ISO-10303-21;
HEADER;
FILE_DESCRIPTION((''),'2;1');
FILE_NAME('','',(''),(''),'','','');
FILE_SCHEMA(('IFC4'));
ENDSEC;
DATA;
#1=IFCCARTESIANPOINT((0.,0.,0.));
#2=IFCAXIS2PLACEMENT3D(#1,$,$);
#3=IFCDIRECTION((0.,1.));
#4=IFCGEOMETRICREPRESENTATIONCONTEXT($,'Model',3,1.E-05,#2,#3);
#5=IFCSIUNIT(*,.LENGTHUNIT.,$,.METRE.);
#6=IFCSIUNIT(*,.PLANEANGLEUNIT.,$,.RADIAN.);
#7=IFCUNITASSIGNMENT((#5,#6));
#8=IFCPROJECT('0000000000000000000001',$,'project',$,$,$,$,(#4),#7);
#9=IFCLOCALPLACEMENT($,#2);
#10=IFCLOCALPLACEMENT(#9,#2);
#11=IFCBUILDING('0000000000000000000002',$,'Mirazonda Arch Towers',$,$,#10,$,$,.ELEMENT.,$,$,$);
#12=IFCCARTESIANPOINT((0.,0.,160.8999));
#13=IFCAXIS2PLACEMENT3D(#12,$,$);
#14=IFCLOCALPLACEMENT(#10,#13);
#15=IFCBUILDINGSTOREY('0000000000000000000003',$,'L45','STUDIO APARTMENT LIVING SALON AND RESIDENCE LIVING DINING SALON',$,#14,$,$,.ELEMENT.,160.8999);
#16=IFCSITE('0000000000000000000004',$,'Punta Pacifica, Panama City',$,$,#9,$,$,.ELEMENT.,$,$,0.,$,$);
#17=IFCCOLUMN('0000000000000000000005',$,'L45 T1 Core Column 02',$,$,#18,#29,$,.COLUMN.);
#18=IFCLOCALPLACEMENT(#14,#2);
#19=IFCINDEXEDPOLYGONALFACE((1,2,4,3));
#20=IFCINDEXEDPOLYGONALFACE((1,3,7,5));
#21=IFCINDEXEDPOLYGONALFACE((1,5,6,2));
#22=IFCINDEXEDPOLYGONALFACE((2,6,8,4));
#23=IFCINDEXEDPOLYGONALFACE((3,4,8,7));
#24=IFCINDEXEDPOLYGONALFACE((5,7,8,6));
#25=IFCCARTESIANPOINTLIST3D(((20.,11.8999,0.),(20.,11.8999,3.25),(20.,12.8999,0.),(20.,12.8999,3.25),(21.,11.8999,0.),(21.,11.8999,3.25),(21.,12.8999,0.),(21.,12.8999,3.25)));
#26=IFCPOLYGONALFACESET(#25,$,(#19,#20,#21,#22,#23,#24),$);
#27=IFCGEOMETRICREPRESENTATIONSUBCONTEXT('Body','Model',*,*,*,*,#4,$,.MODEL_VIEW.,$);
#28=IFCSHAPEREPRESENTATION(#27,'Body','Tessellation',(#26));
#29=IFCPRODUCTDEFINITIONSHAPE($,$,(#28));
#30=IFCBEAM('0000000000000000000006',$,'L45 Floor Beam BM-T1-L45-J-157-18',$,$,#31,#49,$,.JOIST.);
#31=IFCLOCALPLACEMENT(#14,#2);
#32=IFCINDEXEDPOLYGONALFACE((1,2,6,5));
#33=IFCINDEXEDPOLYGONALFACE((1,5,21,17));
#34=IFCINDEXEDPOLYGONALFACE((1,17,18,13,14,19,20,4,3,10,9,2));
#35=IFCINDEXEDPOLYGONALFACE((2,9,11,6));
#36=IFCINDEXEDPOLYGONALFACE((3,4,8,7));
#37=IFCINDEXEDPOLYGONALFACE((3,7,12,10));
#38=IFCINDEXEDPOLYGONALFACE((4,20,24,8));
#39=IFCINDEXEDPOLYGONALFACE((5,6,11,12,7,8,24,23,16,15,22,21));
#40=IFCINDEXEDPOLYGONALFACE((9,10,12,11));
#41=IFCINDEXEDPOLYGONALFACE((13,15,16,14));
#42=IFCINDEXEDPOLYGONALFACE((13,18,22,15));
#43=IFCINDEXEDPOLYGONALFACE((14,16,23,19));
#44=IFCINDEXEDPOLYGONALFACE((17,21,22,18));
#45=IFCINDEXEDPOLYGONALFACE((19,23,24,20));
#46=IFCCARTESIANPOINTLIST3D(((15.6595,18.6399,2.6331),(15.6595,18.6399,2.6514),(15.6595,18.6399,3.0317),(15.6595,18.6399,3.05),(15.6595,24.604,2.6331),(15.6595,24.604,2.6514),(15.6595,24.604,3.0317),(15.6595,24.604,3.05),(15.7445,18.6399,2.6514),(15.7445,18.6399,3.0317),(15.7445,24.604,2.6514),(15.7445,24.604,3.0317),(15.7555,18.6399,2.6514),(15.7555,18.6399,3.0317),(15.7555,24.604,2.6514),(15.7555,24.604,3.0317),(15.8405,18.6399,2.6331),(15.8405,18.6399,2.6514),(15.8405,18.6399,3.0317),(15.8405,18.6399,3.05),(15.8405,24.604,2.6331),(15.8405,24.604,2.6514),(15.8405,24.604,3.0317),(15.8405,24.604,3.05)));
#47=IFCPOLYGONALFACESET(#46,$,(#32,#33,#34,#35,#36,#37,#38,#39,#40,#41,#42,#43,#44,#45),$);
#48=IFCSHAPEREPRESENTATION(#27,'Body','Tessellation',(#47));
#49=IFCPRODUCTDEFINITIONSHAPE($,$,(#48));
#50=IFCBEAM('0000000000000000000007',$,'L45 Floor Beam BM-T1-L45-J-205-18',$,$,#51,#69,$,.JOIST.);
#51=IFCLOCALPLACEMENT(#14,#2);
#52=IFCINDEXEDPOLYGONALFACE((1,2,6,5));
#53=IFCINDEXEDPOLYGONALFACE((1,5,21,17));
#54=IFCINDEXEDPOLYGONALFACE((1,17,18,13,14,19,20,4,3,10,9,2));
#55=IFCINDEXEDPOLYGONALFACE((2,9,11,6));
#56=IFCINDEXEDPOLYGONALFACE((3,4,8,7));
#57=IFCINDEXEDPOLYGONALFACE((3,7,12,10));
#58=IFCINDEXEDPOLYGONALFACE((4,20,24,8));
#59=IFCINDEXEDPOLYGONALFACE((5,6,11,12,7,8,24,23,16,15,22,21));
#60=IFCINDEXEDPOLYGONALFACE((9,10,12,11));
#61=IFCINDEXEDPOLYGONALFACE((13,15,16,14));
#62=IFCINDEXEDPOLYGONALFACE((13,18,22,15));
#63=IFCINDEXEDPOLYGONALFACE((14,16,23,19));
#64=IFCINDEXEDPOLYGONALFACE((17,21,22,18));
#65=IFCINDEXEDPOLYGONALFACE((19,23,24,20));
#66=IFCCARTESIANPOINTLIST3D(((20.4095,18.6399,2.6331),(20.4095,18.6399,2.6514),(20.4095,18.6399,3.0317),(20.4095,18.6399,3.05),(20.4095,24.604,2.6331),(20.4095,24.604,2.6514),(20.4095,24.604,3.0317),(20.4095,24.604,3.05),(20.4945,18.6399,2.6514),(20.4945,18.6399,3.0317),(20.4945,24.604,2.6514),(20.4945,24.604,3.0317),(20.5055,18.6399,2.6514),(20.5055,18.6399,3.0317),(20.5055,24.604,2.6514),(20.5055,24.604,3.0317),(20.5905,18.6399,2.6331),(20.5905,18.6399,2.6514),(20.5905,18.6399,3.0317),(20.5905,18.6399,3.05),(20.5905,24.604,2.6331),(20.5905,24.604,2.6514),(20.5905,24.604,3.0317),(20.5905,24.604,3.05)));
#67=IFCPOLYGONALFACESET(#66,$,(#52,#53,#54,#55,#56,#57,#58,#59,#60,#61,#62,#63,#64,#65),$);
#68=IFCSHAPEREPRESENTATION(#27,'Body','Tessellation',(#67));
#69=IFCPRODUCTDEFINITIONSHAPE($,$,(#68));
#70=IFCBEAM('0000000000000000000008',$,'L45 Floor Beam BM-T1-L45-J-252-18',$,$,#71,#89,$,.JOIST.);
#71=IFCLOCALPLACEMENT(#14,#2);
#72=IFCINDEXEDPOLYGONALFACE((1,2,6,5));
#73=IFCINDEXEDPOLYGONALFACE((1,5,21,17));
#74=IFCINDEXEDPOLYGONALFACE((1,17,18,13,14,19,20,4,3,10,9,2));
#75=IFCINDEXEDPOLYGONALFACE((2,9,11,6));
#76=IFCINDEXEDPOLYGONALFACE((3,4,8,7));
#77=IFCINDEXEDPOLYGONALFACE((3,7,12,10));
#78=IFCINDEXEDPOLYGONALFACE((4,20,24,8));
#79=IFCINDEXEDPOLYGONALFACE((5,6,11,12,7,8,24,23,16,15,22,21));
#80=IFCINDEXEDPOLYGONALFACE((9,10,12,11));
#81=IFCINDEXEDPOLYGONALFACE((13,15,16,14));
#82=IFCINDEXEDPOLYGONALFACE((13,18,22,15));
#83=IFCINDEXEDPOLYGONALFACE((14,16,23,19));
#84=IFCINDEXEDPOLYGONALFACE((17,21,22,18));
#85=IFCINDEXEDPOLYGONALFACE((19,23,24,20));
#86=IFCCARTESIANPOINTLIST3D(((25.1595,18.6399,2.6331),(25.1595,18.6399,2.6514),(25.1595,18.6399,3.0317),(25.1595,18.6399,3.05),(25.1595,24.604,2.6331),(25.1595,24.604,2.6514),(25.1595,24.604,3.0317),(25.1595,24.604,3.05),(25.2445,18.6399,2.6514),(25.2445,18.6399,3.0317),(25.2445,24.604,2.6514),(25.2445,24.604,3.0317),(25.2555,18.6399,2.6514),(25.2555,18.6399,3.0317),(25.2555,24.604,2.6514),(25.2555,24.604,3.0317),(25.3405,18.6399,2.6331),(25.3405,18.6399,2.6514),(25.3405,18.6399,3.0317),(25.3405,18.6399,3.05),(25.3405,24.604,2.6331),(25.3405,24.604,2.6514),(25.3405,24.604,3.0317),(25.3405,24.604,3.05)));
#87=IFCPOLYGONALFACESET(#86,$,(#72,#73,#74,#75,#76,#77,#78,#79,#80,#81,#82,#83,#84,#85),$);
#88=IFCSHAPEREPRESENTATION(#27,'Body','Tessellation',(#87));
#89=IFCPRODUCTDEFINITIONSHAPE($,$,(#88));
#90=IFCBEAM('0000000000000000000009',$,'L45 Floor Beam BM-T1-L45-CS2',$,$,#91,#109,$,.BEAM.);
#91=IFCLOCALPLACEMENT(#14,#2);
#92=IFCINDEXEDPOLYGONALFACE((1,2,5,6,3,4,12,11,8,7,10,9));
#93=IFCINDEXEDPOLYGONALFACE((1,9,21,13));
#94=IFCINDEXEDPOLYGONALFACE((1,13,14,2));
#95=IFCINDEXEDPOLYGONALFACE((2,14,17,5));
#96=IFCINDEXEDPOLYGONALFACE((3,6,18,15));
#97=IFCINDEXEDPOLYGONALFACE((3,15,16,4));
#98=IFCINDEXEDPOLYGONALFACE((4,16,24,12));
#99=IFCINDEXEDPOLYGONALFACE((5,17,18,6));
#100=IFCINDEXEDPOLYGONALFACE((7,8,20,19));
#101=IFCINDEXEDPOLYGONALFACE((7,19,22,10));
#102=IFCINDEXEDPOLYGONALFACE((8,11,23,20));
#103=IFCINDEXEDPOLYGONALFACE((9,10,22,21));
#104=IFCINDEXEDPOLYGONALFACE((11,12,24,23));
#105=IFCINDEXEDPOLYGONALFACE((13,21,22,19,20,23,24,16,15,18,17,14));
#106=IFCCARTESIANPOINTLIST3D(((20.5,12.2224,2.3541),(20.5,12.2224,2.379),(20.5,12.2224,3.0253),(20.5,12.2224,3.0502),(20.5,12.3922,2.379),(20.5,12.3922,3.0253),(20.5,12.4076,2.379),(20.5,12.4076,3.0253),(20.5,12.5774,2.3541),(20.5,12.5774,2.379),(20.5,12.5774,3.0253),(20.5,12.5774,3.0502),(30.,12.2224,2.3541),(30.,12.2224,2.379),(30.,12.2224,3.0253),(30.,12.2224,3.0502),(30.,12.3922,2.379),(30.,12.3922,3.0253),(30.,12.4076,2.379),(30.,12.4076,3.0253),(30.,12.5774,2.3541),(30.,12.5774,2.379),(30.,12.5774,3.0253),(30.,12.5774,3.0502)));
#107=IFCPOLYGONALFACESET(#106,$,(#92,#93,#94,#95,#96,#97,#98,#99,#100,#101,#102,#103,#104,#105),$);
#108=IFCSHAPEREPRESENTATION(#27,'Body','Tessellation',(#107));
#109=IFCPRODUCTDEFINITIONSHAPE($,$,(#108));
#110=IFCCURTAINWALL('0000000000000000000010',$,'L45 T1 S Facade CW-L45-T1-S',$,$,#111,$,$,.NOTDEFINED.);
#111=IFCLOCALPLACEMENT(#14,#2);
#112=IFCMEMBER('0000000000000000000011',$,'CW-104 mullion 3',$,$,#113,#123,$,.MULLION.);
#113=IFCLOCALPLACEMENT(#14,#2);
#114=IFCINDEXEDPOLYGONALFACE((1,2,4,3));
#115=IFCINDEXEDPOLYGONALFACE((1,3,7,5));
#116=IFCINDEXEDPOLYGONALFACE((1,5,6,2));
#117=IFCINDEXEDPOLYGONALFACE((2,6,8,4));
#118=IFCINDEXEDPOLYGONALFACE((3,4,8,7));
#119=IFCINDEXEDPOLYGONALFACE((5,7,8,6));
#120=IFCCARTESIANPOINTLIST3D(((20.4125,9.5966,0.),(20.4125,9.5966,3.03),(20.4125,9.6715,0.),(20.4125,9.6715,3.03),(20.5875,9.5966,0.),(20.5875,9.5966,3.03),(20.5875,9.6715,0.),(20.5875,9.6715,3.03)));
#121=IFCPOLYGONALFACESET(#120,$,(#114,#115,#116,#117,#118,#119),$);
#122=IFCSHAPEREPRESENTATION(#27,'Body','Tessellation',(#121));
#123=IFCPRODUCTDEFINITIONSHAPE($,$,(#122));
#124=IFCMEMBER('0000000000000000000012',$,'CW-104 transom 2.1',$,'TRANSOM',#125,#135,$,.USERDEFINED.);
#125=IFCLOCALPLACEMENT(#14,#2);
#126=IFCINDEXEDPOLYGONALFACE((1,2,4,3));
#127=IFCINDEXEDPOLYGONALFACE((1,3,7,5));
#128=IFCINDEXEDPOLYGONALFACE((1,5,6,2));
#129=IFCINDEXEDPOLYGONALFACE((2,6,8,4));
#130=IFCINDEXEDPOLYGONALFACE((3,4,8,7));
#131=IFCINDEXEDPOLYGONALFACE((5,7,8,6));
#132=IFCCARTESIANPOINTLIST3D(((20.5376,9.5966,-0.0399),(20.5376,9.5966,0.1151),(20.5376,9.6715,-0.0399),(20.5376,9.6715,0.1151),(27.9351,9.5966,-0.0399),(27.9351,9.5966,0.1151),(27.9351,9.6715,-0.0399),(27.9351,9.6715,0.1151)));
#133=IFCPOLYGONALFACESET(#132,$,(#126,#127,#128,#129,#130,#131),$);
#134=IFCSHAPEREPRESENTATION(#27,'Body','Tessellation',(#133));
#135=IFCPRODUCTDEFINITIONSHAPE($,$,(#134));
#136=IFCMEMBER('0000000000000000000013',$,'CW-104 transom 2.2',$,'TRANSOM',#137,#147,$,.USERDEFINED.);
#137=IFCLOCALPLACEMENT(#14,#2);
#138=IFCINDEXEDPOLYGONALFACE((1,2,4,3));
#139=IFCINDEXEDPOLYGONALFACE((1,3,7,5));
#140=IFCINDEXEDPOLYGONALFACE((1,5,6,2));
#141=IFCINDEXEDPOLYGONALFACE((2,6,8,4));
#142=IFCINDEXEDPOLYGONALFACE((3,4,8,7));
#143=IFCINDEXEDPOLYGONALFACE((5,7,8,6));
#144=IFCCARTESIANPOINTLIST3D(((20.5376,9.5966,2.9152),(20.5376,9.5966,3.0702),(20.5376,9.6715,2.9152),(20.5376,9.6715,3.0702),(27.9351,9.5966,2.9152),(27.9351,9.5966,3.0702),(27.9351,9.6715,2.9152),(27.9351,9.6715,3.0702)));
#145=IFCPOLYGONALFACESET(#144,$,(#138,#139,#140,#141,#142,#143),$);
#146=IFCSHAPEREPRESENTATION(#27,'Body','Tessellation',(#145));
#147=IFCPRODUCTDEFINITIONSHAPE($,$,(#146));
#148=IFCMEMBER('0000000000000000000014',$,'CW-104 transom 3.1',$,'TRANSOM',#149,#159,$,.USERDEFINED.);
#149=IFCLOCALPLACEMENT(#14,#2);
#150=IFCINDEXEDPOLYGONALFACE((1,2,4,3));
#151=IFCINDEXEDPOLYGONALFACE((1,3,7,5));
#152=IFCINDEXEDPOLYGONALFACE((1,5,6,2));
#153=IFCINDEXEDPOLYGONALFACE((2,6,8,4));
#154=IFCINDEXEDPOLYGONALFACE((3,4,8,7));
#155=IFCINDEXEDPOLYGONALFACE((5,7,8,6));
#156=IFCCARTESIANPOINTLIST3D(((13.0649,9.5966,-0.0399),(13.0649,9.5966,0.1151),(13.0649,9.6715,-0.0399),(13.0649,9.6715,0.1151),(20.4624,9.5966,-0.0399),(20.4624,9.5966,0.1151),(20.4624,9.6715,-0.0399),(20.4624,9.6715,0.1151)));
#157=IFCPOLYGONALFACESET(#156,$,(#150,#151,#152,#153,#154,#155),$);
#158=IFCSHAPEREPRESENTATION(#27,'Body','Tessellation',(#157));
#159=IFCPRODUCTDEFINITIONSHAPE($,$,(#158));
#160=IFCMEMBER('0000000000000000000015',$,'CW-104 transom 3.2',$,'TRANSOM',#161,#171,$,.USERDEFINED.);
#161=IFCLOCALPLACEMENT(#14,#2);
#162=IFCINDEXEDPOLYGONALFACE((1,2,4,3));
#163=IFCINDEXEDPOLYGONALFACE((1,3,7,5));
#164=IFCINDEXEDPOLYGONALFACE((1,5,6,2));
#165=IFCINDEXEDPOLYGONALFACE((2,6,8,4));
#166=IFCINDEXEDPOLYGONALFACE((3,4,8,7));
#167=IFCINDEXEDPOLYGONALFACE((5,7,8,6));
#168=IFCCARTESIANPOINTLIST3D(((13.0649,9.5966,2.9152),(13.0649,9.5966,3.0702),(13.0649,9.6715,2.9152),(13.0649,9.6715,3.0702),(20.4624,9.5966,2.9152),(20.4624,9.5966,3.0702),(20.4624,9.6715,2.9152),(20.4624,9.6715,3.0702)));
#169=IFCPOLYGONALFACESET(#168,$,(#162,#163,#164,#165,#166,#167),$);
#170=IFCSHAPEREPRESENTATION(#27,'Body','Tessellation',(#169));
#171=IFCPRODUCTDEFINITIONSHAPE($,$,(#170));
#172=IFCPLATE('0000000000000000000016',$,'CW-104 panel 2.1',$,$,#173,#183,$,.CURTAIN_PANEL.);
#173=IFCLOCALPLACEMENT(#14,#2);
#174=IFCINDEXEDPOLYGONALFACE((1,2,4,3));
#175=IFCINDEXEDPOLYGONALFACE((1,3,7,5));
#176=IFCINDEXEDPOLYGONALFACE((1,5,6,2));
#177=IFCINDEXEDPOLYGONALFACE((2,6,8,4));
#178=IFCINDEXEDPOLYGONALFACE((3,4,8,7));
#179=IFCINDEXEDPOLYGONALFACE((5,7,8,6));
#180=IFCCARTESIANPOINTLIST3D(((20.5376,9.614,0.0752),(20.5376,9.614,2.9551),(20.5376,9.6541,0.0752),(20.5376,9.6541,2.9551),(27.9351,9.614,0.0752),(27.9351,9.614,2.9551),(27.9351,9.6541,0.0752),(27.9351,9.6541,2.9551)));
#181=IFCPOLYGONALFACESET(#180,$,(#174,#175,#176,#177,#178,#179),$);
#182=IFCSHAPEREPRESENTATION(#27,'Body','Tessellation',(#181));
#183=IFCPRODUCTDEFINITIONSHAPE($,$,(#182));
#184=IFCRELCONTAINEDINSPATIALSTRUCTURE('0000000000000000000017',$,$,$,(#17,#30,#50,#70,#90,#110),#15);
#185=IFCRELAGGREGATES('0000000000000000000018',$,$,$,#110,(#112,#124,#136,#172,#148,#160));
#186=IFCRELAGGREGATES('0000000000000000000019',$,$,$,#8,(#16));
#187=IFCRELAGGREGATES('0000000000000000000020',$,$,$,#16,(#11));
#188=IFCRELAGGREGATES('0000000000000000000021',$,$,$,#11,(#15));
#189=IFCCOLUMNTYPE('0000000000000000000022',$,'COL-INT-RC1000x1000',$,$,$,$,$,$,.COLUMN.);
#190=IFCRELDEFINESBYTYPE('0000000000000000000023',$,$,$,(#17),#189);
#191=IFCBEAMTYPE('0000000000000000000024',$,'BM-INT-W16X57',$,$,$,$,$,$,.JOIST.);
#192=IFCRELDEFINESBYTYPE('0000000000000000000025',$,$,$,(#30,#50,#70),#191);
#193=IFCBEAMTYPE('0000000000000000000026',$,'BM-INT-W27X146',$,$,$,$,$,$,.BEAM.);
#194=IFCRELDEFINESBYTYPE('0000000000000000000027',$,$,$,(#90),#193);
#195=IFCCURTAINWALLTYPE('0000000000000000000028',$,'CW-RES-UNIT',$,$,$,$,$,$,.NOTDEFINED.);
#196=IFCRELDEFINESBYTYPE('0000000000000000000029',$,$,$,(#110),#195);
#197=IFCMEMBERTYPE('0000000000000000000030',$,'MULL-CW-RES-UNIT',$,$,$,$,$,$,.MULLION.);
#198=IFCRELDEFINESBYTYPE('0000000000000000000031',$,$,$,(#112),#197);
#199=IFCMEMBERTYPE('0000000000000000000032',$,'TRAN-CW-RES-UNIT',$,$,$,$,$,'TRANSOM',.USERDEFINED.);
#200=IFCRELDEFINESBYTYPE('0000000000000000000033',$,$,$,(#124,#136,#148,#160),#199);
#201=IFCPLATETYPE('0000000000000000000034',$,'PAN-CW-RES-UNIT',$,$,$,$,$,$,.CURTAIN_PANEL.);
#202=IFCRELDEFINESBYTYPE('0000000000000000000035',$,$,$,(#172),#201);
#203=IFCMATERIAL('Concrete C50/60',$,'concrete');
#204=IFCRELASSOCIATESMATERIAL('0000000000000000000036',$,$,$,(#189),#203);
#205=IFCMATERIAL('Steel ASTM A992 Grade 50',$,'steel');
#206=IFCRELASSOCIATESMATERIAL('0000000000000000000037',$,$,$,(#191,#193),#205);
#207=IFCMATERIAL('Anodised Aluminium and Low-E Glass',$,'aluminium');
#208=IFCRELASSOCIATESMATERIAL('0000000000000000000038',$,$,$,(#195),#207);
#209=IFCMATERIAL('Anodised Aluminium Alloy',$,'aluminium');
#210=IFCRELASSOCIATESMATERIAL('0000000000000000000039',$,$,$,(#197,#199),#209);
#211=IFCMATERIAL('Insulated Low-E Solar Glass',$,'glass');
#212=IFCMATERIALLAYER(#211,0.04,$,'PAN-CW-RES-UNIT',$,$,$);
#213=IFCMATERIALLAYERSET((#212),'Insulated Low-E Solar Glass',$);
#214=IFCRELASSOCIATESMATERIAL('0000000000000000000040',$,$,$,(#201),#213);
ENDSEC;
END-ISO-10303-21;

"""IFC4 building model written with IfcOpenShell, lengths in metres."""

from ifc_helpers import new_model, si_unit, direction, frame, origin, origin_2d, place, context, subcontext, project, spatial, rectangle, i_section, extrude, material, layer, layer_set, material_profile, profile_set, type_object, element, aggregate, save


model = new_model("IFC4")

# Units and contexts
model_context = context("Model", 3, precision=1e-05, world=origin(), true_north=direction((0.0, 1.0)))
body_context = subcontext(model_context, "Body", "Model", "MODEL_VIEW")
ifc_project = project(units=[si_unit("LENGTHUNIT", "METRE"), si_unit("PLANEANGLEUNIT", "RADIAN")], contexts=[model_context])

# Site, building, storey
site_placement = place(None, origin())
site = spatial("IfcSite", under=ifc_project, at=site_placement, Name="Punta Pacifica, Panama City", CompositionType="ELEMENT", RefElevation=0.0)
building_placement = place(site_placement, origin())
building = spatial("IfcBuilding", under=site, at=building_placement, Name="Mirazonda Arch Towers", CompositionType="ELEMENT")
storey_placement = place(building_placement, frame((0.0, 0.0, 160.8999)))
storey = spatial("IfcBuildingStorey", under=building, at=storey_placement, Name="L45", Description="STUDIO APARTMENT LIVING SALON AND RESIDENCE LIVING DINING SALON", CompositionType="ELEMENT", Elevation=160.8999)

# Column
ifc_material_1 = material(Name="Concrete C50/60", Category="concrete")
ifc_material_profile_1 = material_profile(ifc_material_1, rectangle(XDim=1.0, YDim=1.0, at=origin_2d()), Name="RC1000x1000")
ifc_profile_set_1 = profile_set([ifc_material_profile_1], Name="Concrete C50/60")
column_type = type_object("IfcColumnType", Name="COL-INT-RC1000x1000", PredefinedType="COLUMN", material=ifc_profile_set_1)
column_placement = place(storey_placement, frame((20.5, 12.3999, 0.0), z_axis=(0.0, 0.0, 1.0), x_axis=(1.0, 0.0, 0.0)))
element("IfcColumn", 1, at=column_placement, inside=storey, type_object=column_type, Name="L45 T1 Core Column 02", PredefinedType="COLUMN", context=body_context, shape_type="SweptSolid", body=[
    extrude(rectangle(XDim=1.0, YDim=1.0, at=origin_2d()), origin(), (0.0, 0.0, 1.0), 3.25),
])

# Beams
ifc_material_2 = material(Name="Steel ASTM A992 Grade 50", Category="steel")
ifc_material_profile_2 = material_profile(ifc_material_2, i_section(OverallWidth=0.1809, OverallDepth=0.417, WebThickness=0.011, FlangeThickness=0.0183, at=origin_2d()), Name="W16X57")
ifc_profile_set_2 = profile_set([ifc_material_profile_2], Name="Steel ASTM A992 Grade 50")
beam_type_1 = type_object("IfcBeamType", Name="BM-INT-W16X57", PredefinedType="JOIST", material=ifc_profile_set_2)
for number, where, z_axis, x_axis, name in (
    (2, (15.75, 18.6399, 2.8416), (0.0, 1.0, 0.0), (-1.0, 0.0, 0.0), "L45 Floor Beam BM-T1-L45-J-157-18"),
    (3, (20.5, 18.6399, 2.8416), (0.0, 1.0, 0.0), (-1.0, 0.0, 0.0), "L45 Floor Beam BM-T1-L45-J-205-18"),
    (4, (25.25, 18.6399, 2.8416), (0.0, 1.0, 0.0), (-1.0, 0.0, 0.0), "L45 Floor Beam BM-T1-L45-J-252-18"),
):
    element("IfcBeam", number, at=place(storey_placement, frame(where, z_axis=z_axis, x_axis=x_axis)), inside=storey, type_object=beam_type_1, Name=name, PredefinedType="JOIST", context=body_context, shape_type="SweptSolid", body=[
        extrude(i_section(OverallWidth=0.1809, OverallDepth=0.417, WebThickness=0.011, FlangeThickness=0.0183, at=origin_2d()), origin(), (0.0, 0.0, 1.0), 5.9641),
    ])
ifc_material_profile_3 = material_profile(ifc_material_2, i_section(OverallWidth=0.355, OverallDepth=0.696, WebThickness=0.0154, FlangeThickness=0.0249, at=origin_2d()), Name="W27X146")
ifc_profile_set_3 = profile_set([ifc_material_profile_3], Name="Steel ASTM A992 Grade 50")
beam_type_2 = type_object("IfcBeamType", Name="BM-INT-W27X146", PredefinedType="BEAM", material=ifc_profile_set_3)
beam_placement = place(storey_placement, frame((20.5, 12.3999, 2.7021), z_axis=(1.0, 0.0, 0.0), x_axis=(0.0, 1.0, 0.0)))
element("IfcBeam", 5, at=beam_placement, inside=storey, type_object=beam_type_2, Name="L45 Floor Beam BM-T1-L45-CS2", PredefinedType="BEAM", context=body_context, shape_type="SweptSolid", body=[
    extrude(i_section(OverallWidth=0.355, OverallDepth=0.696, WebThickness=0.0154, FlangeThickness=0.0249, at=origin_2d()), origin(), (0.0, 0.0, 1.0), 9.5),
])

# Curtain wall, members, plate
ifc_material_3 = material(Name="Anodised Aluminium and Low-E Glass", Category="aluminium")
curtain_wall_type = type_object("IfcCurtainWallType", Name="CW-RES-UNIT", PredefinedType="NOTDEFINED", material=ifc_material_3)
curtain_wall_placement = place(storey_placement, origin())
curtain_wall = element("IfcCurtainWall", 6, at=curtain_wall_placement, inside=storey, type_object=curtain_wall_type, Name="L45 T1 S Facade CW-L45-T1-S", PredefinedType="NOTDEFINED")
ifc_material_4 = material(Name="Anodised Aluminium Alloy", Category="aluminium")
ifc_material_profile_4 = material_profile(ifc_material_4, rectangle(XDim=0.075, YDim=0.175, at=origin_2d()), Name="ALU-MULL-75x175")
ifc_profile_set_4 = profile_set([ifc_material_profile_4], Name="Anodised Aluminium Alloy")
member_type_1 = type_object("IfcMemberType", Name="MULL-CW-RES-UNIT", PredefinedType="MULLION", material=ifc_profile_set_4)
member_1_placement = place(storey_placement, frame((20.5, 9.634, 0.0), z_axis=(0.0, 0.0, 1.0), x_axis=(0.0, -1.0, 0.0)))
member_1 = element("IfcMember", 7, at=member_1_placement, type_object=member_type_1, Name="CW-104 mullion 3", PredefinedType="MULLION", context=body_context, shape_type="SweptSolid", body=[
    extrude(rectangle(XDim=0.075, YDim=0.175, at=origin_2d()), origin(), (0.0, 0.0, 1.0), 3.03),
])
ifc_material_profile_5 = material_profile(ifc_material_4, rectangle(XDim=0.075, YDim=0.155, at=origin_2d()), Name="ALU-TRAN-75x155")
ifc_profile_set_5 = profile_set([ifc_material_profile_5], Name="Anodised Aluminium Alloy")
member_type_2 = type_object("IfcMemberType", Name="TRAN-CW-RES-UNIT", ElementType="TRANSOM", PredefinedType="USERDEFINED", material=ifc_profile_set_5)
member_2_placement = place(storey_placement, frame((27.9351, 9.634, 0.0376), z_axis=(-1.0, 0.0, 0.0), x_axis=(0.0, -1.0, 0.0)))
member_2 = element("IfcMember", 8, at=member_2_placement, type_object=member_type_2, Name="CW-104 transom 2.1", ObjectType="TRANSOM", PredefinedType="USERDEFINED", context=body_context, shape_type="SweptSolid", body=[
    extrude(rectangle(XDim=0.075, YDim=0.155, at=origin_2d()), origin(), (0.0, 0.0, 1.0), 7.3975),
])
member_3_placement = place(storey_placement, frame((27.9351, 9.634, 2.9927), z_axis=(-1.0, 0.0, 0.0), x_axis=(0.0, -1.0, 0.0)))
member_3 = element("IfcMember", 9, at=member_3_placement, type_object=member_type_2, Name="CW-104 transom 2.2", ObjectType="TRANSOM", PredefinedType="USERDEFINED", context=body_context, shape_type="SweptSolid", body=[
    extrude(rectangle(XDim=0.075, YDim=0.155, at=origin_2d()), origin(), (0.0, 0.0, 1.0), 7.3975),
])
member_4_placement = place(storey_placement, frame((20.4624, 9.634, 0.0376), z_axis=(-1.0, 0.0, 0.0), x_axis=(0.0, -1.0, 0.0)))
member_4 = element("IfcMember", 10, at=member_4_placement, type_object=member_type_2, Name="CW-104 transom 3.1", ObjectType="TRANSOM", PredefinedType="USERDEFINED", context=body_context, shape_type="SweptSolid", body=[
    extrude(rectangle(XDim=0.075, YDim=0.155, at=origin_2d()), origin(), (0.0, 0.0, 1.0), 7.3975),
])
member_5_placement = place(storey_placement, frame((20.4624, 9.634, 2.9927), z_axis=(-1.0, 0.0, 0.0), x_axis=(0.0, -1.0, 0.0)))
member_5 = element("IfcMember", 11, at=member_5_placement, type_object=member_type_2, Name="CW-104 transom 3.2", ObjectType="TRANSOM", PredefinedType="USERDEFINED", context=body_context, shape_type="SweptSolid", body=[
    extrude(rectangle(XDim=0.075, YDim=0.155, at=origin_2d()), origin(), (0.0, 0.0, 1.0), 7.3975),
])
ifc_material_5 = material(Name="Insulated Low-E Solar Glass", Category="glass")
ifc_layer_1 = layer(ifc_material_5, 0.04, Name="PAN-CW-RES-UNIT")
ifc_layer_set_1 = layer_set([ifc_layer_1], Name="Insulated Low-E Solar Glass")
plate_type = type_object("IfcPlateType", Name="PAN-CW-RES-UNIT", PredefinedType="CURTAIN_PANEL", material=ifc_layer_set_1)
plate_1_placement = place(storey_placement, frame((24.2363, 9.634, 0.0752), z_axis=(0.0, 0.0, 1.0), x_axis=(-1.0, 0.0, 0.0)))
plate_1 = element("IfcPlate", 12, at=plate_1_placement, type_object=plate_type, Name="CW-104 panel 2.1", PredefinedType="CURTAIN_PANEL", context=body_context, shape_type="SweptSolid", body=[
    extrude(rectangle(XDim=7.3975, YDim=0.04, at=origin_2d()), origin(), (0.0, 0.0, 1.0), 2.8799),
])
aggregate(curtain_wall, [member_1, member_2, member_3, plate_1, member_4, member_5])

save(model, "model.ifc")
